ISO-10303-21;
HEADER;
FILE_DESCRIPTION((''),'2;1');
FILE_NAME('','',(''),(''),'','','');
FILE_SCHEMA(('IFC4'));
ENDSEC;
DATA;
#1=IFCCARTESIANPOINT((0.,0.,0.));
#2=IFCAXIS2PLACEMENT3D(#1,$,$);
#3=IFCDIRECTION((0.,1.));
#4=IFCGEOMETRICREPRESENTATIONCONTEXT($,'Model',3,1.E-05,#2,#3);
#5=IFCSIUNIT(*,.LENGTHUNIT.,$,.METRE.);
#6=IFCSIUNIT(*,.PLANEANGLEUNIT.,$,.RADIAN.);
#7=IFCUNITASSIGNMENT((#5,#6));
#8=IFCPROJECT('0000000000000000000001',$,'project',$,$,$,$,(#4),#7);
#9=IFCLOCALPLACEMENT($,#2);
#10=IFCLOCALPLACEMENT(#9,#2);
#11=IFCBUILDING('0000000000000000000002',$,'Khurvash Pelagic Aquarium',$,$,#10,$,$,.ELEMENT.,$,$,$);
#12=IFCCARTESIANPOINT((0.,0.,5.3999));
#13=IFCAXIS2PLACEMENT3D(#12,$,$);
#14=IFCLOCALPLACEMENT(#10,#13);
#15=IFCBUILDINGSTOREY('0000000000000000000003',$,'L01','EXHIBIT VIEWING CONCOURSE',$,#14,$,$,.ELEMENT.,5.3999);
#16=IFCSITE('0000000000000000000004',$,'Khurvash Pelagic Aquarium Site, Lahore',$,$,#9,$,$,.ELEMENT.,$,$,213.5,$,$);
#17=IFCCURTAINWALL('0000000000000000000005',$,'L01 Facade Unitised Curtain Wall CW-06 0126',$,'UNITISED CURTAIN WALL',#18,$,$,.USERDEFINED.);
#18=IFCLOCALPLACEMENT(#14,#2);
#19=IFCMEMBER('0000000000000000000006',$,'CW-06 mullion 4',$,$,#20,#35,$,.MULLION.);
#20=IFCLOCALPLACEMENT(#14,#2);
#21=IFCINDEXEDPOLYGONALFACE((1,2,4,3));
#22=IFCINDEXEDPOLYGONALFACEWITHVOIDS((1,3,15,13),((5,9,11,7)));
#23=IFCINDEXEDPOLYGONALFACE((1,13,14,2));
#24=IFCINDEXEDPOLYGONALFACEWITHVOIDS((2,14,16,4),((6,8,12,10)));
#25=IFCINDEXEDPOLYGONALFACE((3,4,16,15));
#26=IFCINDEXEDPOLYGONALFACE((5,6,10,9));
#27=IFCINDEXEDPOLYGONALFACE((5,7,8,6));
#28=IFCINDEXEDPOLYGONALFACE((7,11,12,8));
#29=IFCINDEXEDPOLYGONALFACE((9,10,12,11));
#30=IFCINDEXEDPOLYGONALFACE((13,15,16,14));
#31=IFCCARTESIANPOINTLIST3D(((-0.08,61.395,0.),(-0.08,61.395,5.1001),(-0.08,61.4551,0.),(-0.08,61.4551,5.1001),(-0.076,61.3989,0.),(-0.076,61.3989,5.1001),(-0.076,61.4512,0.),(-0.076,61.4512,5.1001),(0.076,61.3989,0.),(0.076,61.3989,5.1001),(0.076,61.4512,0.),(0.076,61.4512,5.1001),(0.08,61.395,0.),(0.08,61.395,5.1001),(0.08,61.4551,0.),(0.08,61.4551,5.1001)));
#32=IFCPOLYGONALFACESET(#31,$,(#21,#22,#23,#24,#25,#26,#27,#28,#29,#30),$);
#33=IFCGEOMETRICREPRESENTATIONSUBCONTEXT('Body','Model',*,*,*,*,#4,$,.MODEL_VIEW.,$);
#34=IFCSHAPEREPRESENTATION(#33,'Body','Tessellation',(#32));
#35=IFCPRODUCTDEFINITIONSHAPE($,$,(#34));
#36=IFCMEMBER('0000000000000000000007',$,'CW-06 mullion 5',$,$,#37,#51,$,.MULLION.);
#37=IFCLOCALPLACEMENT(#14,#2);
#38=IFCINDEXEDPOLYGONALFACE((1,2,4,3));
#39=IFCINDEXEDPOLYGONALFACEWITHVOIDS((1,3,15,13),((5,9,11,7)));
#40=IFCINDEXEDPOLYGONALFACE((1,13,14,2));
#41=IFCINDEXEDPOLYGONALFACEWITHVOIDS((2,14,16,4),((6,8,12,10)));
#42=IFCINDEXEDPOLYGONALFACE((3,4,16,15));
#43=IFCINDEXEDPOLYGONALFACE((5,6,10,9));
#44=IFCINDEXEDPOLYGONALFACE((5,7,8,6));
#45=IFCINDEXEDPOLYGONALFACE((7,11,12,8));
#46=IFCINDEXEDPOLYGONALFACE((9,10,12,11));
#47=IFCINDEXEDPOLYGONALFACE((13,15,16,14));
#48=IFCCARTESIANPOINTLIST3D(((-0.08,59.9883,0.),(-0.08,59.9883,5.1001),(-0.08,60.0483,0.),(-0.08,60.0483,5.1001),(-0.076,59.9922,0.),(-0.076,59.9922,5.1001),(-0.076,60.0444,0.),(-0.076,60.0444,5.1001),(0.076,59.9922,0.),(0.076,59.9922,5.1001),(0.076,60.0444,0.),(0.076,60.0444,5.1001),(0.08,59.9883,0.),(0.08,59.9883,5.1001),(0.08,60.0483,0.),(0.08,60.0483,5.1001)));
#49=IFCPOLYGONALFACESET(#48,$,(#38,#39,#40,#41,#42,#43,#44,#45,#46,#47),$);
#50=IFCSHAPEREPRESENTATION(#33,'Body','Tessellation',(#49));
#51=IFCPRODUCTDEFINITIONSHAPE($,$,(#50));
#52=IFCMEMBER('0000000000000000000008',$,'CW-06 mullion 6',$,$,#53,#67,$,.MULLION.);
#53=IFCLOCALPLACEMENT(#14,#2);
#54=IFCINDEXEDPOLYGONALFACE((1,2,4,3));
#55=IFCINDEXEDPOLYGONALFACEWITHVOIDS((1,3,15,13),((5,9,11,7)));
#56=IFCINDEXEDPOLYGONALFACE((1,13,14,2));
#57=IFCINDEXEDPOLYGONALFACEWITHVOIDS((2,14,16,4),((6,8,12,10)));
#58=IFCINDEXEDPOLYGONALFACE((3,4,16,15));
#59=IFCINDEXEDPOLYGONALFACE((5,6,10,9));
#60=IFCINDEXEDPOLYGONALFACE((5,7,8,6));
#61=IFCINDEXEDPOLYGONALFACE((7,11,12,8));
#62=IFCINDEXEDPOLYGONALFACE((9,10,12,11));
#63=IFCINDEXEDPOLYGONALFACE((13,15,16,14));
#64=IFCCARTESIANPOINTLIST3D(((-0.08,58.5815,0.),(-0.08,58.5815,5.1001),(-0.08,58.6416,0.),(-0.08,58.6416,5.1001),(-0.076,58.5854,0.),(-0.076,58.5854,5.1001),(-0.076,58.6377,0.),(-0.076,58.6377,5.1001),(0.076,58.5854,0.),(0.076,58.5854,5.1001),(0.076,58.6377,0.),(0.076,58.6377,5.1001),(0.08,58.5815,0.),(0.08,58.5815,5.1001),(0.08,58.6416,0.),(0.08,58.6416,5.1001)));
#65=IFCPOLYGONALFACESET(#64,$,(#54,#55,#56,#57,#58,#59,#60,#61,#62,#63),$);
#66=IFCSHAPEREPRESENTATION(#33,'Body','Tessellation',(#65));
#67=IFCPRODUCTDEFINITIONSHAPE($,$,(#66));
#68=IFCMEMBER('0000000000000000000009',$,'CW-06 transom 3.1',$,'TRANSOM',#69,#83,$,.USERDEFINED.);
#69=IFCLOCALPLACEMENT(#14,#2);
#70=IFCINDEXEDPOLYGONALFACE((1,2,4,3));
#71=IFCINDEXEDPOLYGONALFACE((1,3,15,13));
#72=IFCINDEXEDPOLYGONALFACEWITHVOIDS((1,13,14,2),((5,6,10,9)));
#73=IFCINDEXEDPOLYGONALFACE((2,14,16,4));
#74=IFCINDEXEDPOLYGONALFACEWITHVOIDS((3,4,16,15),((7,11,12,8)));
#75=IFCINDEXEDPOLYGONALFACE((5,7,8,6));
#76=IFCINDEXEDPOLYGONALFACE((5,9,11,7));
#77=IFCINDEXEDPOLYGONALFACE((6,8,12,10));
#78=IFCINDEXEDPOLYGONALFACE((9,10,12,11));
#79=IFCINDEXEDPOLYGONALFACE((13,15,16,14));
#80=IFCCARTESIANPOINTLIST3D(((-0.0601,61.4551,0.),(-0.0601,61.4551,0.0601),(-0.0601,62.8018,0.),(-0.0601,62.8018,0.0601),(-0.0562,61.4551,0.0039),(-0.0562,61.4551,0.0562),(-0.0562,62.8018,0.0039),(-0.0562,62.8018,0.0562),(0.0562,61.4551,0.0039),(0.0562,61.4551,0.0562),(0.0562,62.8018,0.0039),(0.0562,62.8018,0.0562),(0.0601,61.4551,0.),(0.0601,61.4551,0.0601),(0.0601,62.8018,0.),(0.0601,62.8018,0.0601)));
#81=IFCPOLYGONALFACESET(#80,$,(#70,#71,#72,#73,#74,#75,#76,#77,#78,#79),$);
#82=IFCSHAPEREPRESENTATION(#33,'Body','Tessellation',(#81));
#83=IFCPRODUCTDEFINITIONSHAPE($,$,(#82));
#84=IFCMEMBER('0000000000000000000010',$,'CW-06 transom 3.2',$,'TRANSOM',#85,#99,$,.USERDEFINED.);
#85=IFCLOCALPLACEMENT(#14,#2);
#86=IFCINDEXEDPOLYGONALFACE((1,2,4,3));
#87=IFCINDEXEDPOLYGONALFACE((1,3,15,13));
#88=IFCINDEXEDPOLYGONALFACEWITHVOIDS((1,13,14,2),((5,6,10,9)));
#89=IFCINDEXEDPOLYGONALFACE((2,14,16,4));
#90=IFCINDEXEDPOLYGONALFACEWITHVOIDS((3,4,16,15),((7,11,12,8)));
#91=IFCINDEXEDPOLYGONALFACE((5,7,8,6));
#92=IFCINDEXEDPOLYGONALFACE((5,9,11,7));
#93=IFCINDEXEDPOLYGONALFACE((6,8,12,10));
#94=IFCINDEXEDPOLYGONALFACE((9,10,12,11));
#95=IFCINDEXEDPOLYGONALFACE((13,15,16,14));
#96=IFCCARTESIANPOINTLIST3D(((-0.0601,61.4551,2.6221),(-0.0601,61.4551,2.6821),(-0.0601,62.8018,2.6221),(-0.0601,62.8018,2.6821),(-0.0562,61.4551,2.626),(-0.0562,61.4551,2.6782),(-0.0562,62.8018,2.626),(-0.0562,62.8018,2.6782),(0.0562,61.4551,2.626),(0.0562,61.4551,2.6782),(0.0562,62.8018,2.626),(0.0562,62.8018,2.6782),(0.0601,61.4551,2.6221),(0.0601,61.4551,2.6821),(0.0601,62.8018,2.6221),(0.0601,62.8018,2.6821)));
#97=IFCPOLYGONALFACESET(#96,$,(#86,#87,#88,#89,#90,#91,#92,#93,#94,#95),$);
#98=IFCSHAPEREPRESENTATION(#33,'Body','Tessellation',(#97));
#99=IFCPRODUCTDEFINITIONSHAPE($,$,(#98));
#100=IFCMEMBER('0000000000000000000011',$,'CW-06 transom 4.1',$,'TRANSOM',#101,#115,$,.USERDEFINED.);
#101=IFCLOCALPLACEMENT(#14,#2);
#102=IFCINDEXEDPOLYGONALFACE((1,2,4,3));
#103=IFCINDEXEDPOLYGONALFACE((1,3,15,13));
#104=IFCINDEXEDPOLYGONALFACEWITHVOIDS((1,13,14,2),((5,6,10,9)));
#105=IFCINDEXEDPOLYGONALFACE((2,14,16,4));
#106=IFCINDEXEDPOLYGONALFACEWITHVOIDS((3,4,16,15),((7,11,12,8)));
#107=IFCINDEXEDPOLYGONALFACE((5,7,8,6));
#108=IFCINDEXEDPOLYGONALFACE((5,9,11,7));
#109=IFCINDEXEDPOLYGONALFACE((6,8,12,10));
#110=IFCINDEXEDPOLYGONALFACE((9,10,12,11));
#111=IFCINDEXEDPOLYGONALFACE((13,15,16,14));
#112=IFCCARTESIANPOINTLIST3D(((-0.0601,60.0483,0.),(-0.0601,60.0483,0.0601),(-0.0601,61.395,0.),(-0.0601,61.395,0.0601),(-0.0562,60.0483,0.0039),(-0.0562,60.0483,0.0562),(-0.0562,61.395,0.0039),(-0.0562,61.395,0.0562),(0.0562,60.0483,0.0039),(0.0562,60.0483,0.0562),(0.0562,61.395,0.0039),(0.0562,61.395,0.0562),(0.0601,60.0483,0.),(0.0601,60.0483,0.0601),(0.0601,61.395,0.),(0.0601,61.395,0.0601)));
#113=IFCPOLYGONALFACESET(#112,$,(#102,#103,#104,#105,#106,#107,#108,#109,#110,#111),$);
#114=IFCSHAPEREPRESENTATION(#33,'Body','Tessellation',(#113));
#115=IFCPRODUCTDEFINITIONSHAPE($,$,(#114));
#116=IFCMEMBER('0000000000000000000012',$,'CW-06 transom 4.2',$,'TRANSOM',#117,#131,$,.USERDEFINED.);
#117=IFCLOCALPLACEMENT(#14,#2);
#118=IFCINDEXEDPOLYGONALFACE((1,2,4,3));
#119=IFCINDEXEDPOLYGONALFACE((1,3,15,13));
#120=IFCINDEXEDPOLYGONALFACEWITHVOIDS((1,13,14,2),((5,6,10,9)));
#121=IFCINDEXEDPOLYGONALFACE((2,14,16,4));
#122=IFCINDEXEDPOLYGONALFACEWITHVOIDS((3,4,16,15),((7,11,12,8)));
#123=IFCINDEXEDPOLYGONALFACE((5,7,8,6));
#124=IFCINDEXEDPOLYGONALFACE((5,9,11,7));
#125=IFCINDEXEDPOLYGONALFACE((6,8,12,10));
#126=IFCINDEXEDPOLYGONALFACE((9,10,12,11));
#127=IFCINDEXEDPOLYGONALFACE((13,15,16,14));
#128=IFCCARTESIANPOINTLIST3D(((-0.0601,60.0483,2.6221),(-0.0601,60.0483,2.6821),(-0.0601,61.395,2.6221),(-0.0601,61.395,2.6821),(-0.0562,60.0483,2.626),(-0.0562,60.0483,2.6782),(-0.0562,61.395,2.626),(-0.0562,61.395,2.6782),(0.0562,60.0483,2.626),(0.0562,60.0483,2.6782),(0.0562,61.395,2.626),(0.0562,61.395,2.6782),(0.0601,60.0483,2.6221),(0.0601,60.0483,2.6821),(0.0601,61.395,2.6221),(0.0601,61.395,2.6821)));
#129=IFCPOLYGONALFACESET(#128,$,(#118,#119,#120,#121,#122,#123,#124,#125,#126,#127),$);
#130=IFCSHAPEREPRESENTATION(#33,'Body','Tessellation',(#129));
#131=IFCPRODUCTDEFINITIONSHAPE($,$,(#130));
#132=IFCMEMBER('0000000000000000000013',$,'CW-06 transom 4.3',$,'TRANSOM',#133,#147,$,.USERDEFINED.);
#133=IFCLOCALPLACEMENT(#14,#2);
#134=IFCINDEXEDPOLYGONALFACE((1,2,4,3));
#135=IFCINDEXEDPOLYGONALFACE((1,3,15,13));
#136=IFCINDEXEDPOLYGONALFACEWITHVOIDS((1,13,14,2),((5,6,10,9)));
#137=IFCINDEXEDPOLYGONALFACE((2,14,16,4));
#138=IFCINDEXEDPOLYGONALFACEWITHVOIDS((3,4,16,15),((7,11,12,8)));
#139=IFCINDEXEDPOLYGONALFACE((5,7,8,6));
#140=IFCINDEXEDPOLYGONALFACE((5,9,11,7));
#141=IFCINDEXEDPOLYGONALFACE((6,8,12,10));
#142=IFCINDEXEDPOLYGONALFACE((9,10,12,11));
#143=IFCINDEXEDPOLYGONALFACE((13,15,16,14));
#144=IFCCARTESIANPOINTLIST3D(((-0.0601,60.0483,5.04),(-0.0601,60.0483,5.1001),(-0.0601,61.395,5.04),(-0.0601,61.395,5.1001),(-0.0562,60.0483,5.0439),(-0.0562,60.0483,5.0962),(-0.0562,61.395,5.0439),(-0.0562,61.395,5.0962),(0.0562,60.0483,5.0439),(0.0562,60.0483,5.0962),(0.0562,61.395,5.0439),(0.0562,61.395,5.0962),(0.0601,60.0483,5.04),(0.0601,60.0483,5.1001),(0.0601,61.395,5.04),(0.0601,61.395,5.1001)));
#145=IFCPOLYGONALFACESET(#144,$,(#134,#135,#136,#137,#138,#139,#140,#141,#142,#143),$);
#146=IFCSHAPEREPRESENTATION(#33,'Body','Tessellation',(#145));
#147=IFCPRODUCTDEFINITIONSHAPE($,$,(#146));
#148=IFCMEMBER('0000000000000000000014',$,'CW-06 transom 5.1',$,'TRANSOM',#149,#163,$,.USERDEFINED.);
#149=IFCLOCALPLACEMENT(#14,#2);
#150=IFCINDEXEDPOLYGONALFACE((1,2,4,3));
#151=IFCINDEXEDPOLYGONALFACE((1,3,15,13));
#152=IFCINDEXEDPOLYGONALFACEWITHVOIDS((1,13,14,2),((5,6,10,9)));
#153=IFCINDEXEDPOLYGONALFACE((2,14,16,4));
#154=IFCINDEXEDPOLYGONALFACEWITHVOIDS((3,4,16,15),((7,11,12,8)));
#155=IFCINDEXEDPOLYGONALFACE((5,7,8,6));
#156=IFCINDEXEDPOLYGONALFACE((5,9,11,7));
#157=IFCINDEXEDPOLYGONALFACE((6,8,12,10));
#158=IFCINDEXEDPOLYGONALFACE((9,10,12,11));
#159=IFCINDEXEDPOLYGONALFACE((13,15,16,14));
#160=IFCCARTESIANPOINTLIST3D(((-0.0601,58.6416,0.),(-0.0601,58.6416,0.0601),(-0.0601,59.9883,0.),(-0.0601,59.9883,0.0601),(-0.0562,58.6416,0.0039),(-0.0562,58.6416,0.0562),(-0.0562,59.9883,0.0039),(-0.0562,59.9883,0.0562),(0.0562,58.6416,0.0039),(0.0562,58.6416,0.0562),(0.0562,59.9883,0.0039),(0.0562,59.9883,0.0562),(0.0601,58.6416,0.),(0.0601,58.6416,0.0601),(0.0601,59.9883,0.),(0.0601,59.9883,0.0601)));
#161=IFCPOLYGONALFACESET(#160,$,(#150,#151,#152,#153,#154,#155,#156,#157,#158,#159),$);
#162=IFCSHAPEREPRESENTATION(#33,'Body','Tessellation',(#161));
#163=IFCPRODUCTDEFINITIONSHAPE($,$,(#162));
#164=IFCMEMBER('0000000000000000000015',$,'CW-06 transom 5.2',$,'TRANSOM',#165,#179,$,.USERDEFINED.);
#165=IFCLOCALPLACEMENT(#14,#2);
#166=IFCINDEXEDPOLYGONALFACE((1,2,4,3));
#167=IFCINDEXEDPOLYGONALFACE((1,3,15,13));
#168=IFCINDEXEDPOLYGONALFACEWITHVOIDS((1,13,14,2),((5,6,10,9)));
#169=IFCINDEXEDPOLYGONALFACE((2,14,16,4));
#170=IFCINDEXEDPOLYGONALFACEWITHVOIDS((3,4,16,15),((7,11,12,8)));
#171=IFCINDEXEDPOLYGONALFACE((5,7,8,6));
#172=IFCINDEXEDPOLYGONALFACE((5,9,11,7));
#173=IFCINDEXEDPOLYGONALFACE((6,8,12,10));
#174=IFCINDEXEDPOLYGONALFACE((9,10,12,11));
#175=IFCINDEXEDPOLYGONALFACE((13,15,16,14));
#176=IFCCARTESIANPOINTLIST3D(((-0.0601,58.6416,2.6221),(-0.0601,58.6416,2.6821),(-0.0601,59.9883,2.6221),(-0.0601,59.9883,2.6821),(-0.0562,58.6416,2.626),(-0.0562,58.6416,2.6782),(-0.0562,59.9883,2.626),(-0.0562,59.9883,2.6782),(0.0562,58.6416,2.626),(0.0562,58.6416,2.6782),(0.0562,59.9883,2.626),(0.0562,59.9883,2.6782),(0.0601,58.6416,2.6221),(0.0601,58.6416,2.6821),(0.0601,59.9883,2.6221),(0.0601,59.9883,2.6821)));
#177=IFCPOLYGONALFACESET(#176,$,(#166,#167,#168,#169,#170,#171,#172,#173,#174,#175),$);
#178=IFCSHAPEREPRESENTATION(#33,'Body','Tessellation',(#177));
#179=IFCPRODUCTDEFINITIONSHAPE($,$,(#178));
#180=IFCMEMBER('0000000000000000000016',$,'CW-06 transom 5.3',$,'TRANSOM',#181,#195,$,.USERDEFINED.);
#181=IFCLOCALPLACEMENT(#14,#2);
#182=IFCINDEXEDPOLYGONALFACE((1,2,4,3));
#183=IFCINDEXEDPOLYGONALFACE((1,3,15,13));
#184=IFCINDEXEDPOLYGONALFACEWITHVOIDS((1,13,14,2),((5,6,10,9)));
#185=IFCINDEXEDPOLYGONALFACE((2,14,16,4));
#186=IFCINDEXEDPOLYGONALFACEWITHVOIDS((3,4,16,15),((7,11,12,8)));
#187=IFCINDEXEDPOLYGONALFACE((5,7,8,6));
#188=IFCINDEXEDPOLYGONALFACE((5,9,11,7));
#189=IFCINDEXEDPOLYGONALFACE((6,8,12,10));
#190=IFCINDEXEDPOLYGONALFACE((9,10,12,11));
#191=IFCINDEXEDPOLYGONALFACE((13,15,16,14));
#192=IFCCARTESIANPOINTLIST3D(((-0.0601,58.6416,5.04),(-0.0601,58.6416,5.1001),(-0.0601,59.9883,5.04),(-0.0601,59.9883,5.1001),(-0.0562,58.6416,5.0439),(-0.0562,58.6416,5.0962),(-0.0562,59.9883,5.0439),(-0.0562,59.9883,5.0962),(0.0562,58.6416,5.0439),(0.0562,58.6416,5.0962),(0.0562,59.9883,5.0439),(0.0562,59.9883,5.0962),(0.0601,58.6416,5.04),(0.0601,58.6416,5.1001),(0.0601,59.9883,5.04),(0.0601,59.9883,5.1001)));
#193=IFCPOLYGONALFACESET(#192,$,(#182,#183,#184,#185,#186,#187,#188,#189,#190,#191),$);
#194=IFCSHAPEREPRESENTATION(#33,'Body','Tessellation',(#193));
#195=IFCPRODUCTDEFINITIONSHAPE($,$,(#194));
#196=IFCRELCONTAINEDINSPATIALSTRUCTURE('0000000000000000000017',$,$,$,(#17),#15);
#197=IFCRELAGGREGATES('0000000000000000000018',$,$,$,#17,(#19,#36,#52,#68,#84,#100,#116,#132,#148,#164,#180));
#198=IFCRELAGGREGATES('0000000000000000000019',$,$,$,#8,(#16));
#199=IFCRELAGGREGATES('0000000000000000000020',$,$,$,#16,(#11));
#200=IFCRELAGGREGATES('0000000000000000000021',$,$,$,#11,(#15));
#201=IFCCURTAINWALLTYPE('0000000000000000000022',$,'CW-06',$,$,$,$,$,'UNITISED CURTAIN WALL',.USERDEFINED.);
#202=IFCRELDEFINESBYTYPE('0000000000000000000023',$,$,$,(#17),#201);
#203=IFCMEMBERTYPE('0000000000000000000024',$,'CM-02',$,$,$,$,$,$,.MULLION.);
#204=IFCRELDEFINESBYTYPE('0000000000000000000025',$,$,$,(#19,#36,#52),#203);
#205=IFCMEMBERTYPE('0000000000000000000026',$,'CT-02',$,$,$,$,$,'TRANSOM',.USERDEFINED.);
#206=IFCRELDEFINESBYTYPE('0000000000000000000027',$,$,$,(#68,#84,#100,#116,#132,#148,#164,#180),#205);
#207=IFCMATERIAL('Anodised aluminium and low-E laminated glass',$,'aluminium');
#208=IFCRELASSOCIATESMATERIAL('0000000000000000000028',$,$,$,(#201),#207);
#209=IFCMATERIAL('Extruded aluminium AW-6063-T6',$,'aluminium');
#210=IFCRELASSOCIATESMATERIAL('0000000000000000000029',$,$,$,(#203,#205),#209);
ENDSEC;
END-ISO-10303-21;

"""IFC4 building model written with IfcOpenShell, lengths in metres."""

from ifc_helpers import new_model, si_unit, direction, frame, origin, origin_2d, place, context, subcontext, project, spatial, hollow_rectangle, extrude, material, material_profile, profile_set, type_object, element, aggregate, save


model = new_model("IFC4")

# Units and contexts
model_context = context("Model", 3, precision=1e-05, world=origin(), true_north=direction((0.0, 1.0)))
body_context = subcontext(model_context, "Body", "Model", "MODEL_VIEW")
ifc_project = project(units=[si_unit("LENGTHUNIT", "METRE"), si_unit("PLANEANGLEUNIT", "RADIAN")], contexts=[model_context])

# Site, building, storey
site_placement = place(None, origin())
site = spatial("IfcSite", under=ifc_project, at=site_placement, Name="Khurvash Pelagic Aquarium Site, Lahore", CompositionType="ELEMENT", RefElevation=213.5)
building_placement = place(site_placement, origin())
building = spatial("IfcBuilding", under=site, at=building_placement, Name="Khurvash Pelagic Aquarium", CompositionType="ELEMENT")
storey_placement = place(building_placement, frame((0.0, 0.0, 5.3999)))
storey = spatial("IfcBuildingStorey", under=building, at=storey_placement, Name="L01", Description="EXHIBIT VIEWING CONCOURSE", CompositionType="ELEMENT", Elevation=5.3999)

# Curtain wall, members
ifc_material_1 = material(Name="Anodised aluminium and low-E laminated glass", Category="aluminium")
curtain_wall_type = type_object("IfcCurtainWallType", Name="CW-06", ElementType="UNITISED CURTAIN WALL", PredefinedType="USERDEFINED", material=ifc_material_1)
curtain_wall_placement = place(storey_placement, origin())
curtain_wall = element("IfcCurtainWall", 1, at=curtain_wall_placement, inside=storey, type_object=curtain_wall_type, Name="L01 Facade Unitised Curtain Wall CW-06 0126", ObjectType="UNITISED CURTAIN WALL", PredefinedType="USERDEFINED")
ifc_material_2 = material(Name="Extruded aluminium AW-6063-T6", Category="aluminium")
ifc_material_profile_1 = material_profile(ifc_material_2, hollow_rectangle(XDim=0.0601, YDim=0.1599, WallThickness=0.0039, at=origin_2d()), Name="CWM60X160X4")
ifc_profile_set_1 = profile_set([ifc_material_profile_1], Name="Extruded aluminium AW-6063-T6")
member_type_1 = type_object("IfcMemberType", Name="CM-02", PredefinedType="MULLION", material=ifc_profile_set_1)
member_1_placement = place(storey_placement, frame((0.0, 61.425, 0.0), z_axis=(0.0, 0.0, 1.0), x_axis=(0.0, -1.0, 0.0)))
member_1 = element("IfcMember", 2, at=member_1_placement, type_object=member_type_1, Name="CW-06 mullion 4", PredefinedType="MULLION", context=body_context, shape_type="SweptSolid", body=[
    extrude(hollow_rectangle(XDim=0.0601, YDim=0.1599, WallThickness=0.0039, at=origin_2d()), origin(), (0.0, 0.0, 1.0), 5.1001),
])
member_2_placement = place(storey_placement, frame((0.0, 60.0183, 0.0), z_axis=(0.0, 0.0, 1.0), x_axis=(0.0, -1.0, 0.0)))
member_2 = element("IfcMember", 3, at=member_2_placement, type_object=member_type_1, Name="CW-06 mullion 5", PredefinedType="MULLION", context=body_context, shape_type="SweptSolid", body=[
    extrude(hollow_rectangle(XDim=0.0601, YDim=0.1599, WallThickness=0.0039, at=origin_2d()), origin(), (0.0, 0.0, 1.0), 5.1001),
])
member_3_placement = place(storey_placement, frame((0.0, 58.6116, 0.0), z_axis=(0.0, 0.0, 1.0), x_axis=(0.0, -1.0, 0.0)))
member_3 = element("IfcMember", 4, at=member_3_placement, type_object=member_type_1, Name="CW-06 mullion 6", PredefinedType="MULLION", context=body_context, shape_type="SweptSolid", body=[
    extrude(hollow_rectangle(XDim=0.0601, YDim=0.1599, WallThickness=0.0039, at=origin_2d()), origin(), (0.0, 0.0, 1.0), 5.1001),
])
ifc_material_profile_2 = material_profile(ifc_material_2, hollow_rectangle(XDim=0.1201, YDim=0.0601, WallThickness=0.0039, at=origin_2d()), Name="CWT120X60X4")
ifc_profile_set_2 = profile_set([ifc_material_profile_2], Name="Extruded aluminium AW-6063-T6")
member_type_2 = type_object("IfcMemberType", Name="CT-02", ElementType="TRANSOM", PredefinedType="USERDEFINED", material=ifc_profile_set_2)
member_4_placement = place(storey_placement, frame((0.0, 62.8018, 0.03), z_axis=(0.0, -1.0, 0.0), x_axis=(1.0, 0.0, 0.0)))
member_4 = element("IfcMember", 5, at=member_4_placement, type_object=member_type_2, Name="CW-06 transom 3.1", ObjectType="TRANSOM", PredefinedType="USERDEFINED", context=body_context, shape_type="SweptSolid", body=[
    extrude(hollow_rectangle(XDim=0.1201, YDim=0.0601, WallThickness=0.0039, at=origin_2d()), origin(), (0.0, 0.0, 1.0), 1.3467),
])
member_5_placement = place(storey_placement, frame((0.0, 62.8018, 2.6521), z_axis=(0.0, -1.0, 0.0), x_axis=(1.0, 0.0, 0.0)))
member_5 = element("IfcMember", 6, at=member_5_placement, type_object=member_type_2, Name="CW-06 transom 3.2", ObjectType="TRANSOM", PredefinedType="USERDEFINED", context=body_context, shape_type="SweptSolid", body=[
    extrude(hollow_rectangle(XDim=0.1201, YDim=0.0601, WallThickness=0.0039, at=origin_2d()), origin(), (0.0, 0.0, 1.0), 1.3467),
])
member_6_placement = place(storey_placement, frame((0.0, 61.395, 0.03), z_axis=(0.0, -1.0, 0.0), x_axis=(1.0, 0.0, 0.0)))
member_6 = element("IfcMember", 7, at=member_6_placement, type_object=member_type_2, Name="CW-06 transom 4.1", ObjectType="TRANSOM", PredefinedType="USERDEFINED", context=body_context, shape_type="SweptSolid", body=[
    extrude(hollow_rectangle(XDim=0.1201, YDim=0.0601, WallThickness=0.0039, at=origin_2d()), origin(), (0.0, 0.0, 1.0), 1.3467),
])
member_7_placement = place(storey_placement, frame((0.0, 61.395, 2.6521), z_axis=(0.0, -1.0, 0.0), x_axis=(1.0, 0.0, 0.0)))
member_7 = element("IfcMember", 8, at=member_7_placement, type_object=member_type_2, Name="CW-06 transom 4.2", ObjectType="TRANSOM", PredefinedType="USERDEFINED", context=body_context, shape_type="SweptSolid", body=[
    extrude(hollow_rectangle(XDim=0.1201, YDim=0.0601, WallThickness=0.0039, at=origin_2d()), origin(), (0.0, 0.0, 1.0), 1.3467),
])
member_8_placement = place(storey_placement, frame((0.0, 61.395, 5.0701), z_axis=(0.0, -1.0, 0.0), x_axis=(1.0, 0.0, 0.0)))
member_8 = element("IfcMember", 9, at=member_8_placement, type_object=member_type_2, Name="CW-06 transom 4.3", ObjectType="TRANSOM", PredefinedType="USERDEFINED", context=body_context, shape_type="SweptSolid", body=[
    extrude(hollow_rectangle(XDim=0.1201, YDim=0.0601, WallThickness=0.0039, at=origin_2d()), origin(), (0.0, 0.0, 1.0), 1.3467),
])
member_9_placement = place(storey_placement, frame((0.0, 59.9883, 0.03), z_axis=(0.0, -1.0, 0.0), x_axis=(1.0, 0.0, 0.0)))
member_9 = element("IfcMember", 10, at=member_9_placement, type_object=member_type_2, Name="CW-06 transom 5.1", ObjectType="TRANSOM", PredefinedType="USERDEFINED", context=body_context, shape_type="SweptSolid", body=[
    extrude(hollow_rectangle(XDim=0.1201, YDim=0.0601, WallThickness=0.0039, at=origin_2d()), origin(), (0.0, 0.0, 1.0), 1.3467),
])
member_10_placement = place(storey_placement, frame((0.0, 59.9883, 2.6521), z_axis=(0.0, -1.0, 0.0), x_axis=(1.0, 0.0, 0.0)))
member_10 = element("IfcMember", 11, at=member_10_placement, type_object=member_type_2, Name="CW-06 transom 5.2", ObjectType="TRANSOM", PredefinedType="USERDEFINED", context=body_context, shape_type="SweptSolid", body=[
    extrude(hollow_rectangle(XDim=0.1201, YDim=0.0601, WallThickness=0.0039, at=origin_2d()), origin(), (0.0, 0.0, 1.0), 1.3467),
])
member_11_placement = place(storey_placement, frame((0.0, 59.9883, 5.0701), z_axis=(0.0, -1.0, 0.0), x_axis=(1.0, 0.0, 0.0)))
member_11 = element("IfcMember", 12, at=member_11_placement, type_object=member_type_2, Name="CW-06 transom 5.3", ObjectType="TRANSOM", PredefinedType="USERDEFINED", context=body_context, shape_type="SweptSolid", body=[
    extrude(hollow_rectangle(XDim=0.1201, YDim=0.0601, WallThickness=0.0039, at=origin_2d()), origin(), (0.0, 0.0, 1.0), 1.3467),
])
aggregate(curtain_wall, [member_1, member_2, member_3, member_4, member_5, member_6, member_7, member_8, member_9, member_10, member_11])

save(model, "model.ifc")
